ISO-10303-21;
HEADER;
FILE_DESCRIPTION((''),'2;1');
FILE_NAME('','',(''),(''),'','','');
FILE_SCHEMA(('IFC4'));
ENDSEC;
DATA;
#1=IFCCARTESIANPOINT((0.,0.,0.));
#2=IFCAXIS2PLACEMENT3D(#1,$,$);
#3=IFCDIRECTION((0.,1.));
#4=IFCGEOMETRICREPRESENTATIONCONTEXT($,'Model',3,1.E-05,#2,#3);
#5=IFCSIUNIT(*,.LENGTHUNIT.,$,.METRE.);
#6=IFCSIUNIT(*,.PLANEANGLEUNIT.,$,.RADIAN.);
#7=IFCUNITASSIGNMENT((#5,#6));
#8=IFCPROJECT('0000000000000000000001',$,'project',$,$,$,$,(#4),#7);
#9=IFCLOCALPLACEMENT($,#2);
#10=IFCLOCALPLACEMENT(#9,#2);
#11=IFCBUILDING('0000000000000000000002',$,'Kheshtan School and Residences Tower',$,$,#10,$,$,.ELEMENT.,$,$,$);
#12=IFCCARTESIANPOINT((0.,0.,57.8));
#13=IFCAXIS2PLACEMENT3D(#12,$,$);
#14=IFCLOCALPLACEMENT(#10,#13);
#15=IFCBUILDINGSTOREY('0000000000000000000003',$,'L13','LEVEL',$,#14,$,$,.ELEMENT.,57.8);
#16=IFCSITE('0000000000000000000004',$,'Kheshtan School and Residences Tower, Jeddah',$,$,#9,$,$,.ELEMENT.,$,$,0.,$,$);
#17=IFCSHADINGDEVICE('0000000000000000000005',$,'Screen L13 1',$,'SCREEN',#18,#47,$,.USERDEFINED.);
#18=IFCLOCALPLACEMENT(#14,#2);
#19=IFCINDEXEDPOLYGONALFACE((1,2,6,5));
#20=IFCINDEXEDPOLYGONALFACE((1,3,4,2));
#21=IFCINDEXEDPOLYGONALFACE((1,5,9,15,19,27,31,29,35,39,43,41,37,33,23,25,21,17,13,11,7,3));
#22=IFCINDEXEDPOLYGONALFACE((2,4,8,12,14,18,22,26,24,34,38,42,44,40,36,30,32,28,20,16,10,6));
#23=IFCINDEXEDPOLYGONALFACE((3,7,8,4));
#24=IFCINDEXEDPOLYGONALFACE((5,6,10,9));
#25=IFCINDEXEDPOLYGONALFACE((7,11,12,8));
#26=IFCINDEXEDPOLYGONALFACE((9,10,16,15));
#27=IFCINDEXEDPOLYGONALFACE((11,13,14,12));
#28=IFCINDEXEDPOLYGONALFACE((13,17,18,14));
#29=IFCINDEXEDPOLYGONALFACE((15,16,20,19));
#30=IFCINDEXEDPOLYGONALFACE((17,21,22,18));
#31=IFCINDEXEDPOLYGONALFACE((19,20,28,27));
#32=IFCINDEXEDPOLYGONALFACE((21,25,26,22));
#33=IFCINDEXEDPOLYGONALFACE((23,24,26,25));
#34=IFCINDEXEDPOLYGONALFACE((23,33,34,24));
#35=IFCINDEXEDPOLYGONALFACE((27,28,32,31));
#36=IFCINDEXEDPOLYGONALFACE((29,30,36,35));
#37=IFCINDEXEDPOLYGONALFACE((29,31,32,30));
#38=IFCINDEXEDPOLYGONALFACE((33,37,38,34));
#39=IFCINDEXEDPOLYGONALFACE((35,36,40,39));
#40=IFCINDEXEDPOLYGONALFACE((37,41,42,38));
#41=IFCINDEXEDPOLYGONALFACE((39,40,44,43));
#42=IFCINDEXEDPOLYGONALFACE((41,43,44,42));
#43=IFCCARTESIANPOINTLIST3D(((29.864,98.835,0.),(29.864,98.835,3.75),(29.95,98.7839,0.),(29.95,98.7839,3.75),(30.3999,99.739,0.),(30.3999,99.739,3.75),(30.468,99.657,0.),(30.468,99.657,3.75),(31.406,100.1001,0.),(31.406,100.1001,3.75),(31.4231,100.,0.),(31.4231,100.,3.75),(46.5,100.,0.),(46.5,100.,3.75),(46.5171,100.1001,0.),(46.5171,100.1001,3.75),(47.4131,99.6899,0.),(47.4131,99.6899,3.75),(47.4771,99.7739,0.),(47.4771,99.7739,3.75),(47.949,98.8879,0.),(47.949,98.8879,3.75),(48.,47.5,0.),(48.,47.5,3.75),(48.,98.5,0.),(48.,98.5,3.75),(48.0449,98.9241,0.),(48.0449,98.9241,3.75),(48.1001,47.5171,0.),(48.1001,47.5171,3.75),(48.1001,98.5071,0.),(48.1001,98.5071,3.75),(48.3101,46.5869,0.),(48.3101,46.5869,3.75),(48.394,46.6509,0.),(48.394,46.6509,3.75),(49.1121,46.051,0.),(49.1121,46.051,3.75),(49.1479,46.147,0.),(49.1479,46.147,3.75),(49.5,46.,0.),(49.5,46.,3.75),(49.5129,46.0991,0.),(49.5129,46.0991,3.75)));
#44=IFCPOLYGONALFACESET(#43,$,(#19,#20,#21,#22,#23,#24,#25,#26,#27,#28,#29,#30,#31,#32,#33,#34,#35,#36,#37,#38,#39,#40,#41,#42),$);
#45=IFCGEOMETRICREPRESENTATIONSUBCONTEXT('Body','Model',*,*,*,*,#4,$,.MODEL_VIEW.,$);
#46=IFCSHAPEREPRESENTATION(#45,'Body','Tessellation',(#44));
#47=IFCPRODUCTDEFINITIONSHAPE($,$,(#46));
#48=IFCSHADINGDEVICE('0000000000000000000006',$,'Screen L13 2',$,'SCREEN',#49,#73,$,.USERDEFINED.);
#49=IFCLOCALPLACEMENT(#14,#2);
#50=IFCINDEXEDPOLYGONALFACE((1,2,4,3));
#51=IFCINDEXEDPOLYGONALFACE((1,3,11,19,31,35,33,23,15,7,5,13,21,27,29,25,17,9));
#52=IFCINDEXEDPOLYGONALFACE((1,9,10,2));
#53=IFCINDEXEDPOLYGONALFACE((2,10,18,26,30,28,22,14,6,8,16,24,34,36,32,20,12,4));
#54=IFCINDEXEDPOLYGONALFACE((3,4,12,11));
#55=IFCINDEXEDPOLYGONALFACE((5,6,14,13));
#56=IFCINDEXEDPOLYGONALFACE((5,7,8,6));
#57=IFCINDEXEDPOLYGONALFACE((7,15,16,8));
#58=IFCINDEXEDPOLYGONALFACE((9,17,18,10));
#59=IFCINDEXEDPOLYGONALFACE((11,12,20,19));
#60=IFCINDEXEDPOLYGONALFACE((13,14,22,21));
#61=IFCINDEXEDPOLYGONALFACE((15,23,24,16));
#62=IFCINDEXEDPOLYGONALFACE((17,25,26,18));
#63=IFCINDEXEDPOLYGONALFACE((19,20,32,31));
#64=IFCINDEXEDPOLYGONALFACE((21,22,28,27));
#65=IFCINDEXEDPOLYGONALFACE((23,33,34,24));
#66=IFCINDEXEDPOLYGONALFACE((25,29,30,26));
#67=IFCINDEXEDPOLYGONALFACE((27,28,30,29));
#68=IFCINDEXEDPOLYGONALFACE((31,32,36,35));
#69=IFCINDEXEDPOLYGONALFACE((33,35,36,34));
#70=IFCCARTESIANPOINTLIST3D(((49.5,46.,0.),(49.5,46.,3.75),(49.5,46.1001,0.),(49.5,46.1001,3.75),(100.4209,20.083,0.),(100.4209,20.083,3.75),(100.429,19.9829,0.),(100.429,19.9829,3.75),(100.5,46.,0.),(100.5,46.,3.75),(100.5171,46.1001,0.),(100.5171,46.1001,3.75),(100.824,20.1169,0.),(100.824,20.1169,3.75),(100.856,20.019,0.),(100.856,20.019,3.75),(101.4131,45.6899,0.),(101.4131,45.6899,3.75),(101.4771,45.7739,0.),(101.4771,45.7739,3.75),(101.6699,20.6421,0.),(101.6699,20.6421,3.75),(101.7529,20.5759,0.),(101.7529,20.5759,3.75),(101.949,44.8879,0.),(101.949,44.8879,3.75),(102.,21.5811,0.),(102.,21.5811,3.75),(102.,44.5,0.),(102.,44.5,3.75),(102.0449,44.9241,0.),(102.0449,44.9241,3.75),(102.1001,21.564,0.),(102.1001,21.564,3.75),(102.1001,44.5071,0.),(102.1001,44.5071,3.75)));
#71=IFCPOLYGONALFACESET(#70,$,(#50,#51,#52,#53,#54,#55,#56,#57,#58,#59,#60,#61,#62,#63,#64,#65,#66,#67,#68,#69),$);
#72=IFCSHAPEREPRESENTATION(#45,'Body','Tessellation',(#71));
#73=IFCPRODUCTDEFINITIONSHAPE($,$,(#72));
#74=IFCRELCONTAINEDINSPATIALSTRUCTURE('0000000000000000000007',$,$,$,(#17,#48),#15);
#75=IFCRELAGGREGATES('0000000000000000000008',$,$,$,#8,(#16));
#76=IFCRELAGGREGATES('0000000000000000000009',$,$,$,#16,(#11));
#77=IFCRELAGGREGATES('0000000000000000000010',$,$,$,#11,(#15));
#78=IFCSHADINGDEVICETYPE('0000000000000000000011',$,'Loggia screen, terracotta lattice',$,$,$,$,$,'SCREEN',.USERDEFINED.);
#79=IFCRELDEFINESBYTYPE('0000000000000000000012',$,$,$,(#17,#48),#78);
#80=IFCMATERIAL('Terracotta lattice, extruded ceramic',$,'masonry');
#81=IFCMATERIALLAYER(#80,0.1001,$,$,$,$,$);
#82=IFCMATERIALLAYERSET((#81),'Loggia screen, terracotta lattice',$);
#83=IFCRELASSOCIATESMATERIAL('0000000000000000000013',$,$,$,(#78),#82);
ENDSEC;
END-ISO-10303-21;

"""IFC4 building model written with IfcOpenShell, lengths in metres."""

from ifc_helpers import new_model, si_unit, direction, frame, origin, place, context, subcontext, project, spatial, polyline, outline, extrude, material, layer, layer_set, type_object, element, save


model = new_model("IFC4")

# Units and contexts
model_context = context("Model", 3, precision=1e-05, world=origin(), true_north=direction((0.0, 1.0)))
body_context = subcontext(model_context, "Body", "Model", "MODEL_VIEW")
ifc_project = project(units=[si_unit("LENGTHUNIT", "METRE"), si_unit("PLANEANGLEUNIT", "RADIAN")], contexts=[model_context])

# Site, building, storey
site_placement = place(None, origin())
site = spatial("IfcSite", under=ifc_project, at=site_placement, Name="Kheshtan School and Residences Tower, Jeddah", CompositionType="ELEMENT", RefElevation=0.0)
building_placement = place(site_placement, origin())
building = spatial("IfcBuilding", under=site, at=building_placement, Name="Kheshtan School and Residences Tower", CompositionType="ELEMENT")
storey_placement = place(building_placement, frame((0.0, 0.0, 57.8)))
storey = spatial("IfcBuildingStorey", under=building, at=storey_placement, Name="L13", Description="LEVEL", CompositionType="ELEMENT", Elevation=57.8)

# Shading devices
ifc_material_1 = material(Name="Terracotta lattice, extruded ceramic", Category="masonry")
ifc_layer_1 = layer(ifc_material_1, 0.1001)
ifc_layer_set_1 = layer_set([ifc_layer_1], Name="Loggia screen, terracotta lattice")
shading_device_type_1 = type_object("IfcShadingDeviceType", Name="Loggia screen, terracotta lattice", ElementType="SCREEN", PredefinedType="USERDEFINED", material=ifc_layer_set_1)
shading_device_1_placement = place(storey_placement, origin())
element("IfcShadingDevice", 1, at=shading_device_1_placement, inside=storey, type_object=shading_device_type_1, Name="Screen L13 1", ObjectType="SCREEN", PredefinedType="USERDEFINED", context=body_context, shape_type="SweptSolid", body=[
    extrude(outline(polyline([(29.95, 98.7839), (30.468, 99.657), (31.4231, 100.0), (46.5, 100.0), (47.4131, 99.6899), (47.949, 98.8879), (48.0, 98.5), (48.0, 47.5), (48.3101, 46.5869), (49.1121, 46.051), (49.5, 46.0), (49.5129, 46.0991), (49.1479, 46.147), (48.394, 46.6509), (48.1001, 47.5171), (48.1001, 98.5071), (48.0449, 98.9241), (47.4771, 99.7739), (46.5171, 100.1001), (31.406, 100.1001), (30.3999, 99.739), (29.864, 98.835), (29.95, 98.7839)])), origin(), (0.0, 0.0, 1.0), 3.75),
])
shading_device_2_placement = place(storey_placement, origin())
element("IfcShadingDevice", 2, at=shading_device_2_placement, inside=storey, type_object=shading_device_type_1, Name="Screen L13 2", ObjectType="SCREEN", PredefinedType="USERDEFINED", context=body_context, shape_type="SweptSolid", body=[
    extrude(outline(polyline([(49.5, 46.0), (100.5, 46.0), (101.4131, 45.6899), (101.949, 44.8879), (102.0, 44.5), (102.0, 21.5811), (101.6699, 20.6421), (100.824, 20.1169), (100.4209, 20.083), (100.429, 19.9829), (100.856, 20.019), (101.7529, 20.5759), (102.1001, 21.564), (102.1001, 44.5071), (102.0449, 44.9241), (101.4771, 45.7739), (100.5171, 46.1001), (49.5, 46.1001), (49.5, 46.0)])), origin(), (0.0, 0.0, 1.0), 3.75),
])

save(model, "model.ifc")
